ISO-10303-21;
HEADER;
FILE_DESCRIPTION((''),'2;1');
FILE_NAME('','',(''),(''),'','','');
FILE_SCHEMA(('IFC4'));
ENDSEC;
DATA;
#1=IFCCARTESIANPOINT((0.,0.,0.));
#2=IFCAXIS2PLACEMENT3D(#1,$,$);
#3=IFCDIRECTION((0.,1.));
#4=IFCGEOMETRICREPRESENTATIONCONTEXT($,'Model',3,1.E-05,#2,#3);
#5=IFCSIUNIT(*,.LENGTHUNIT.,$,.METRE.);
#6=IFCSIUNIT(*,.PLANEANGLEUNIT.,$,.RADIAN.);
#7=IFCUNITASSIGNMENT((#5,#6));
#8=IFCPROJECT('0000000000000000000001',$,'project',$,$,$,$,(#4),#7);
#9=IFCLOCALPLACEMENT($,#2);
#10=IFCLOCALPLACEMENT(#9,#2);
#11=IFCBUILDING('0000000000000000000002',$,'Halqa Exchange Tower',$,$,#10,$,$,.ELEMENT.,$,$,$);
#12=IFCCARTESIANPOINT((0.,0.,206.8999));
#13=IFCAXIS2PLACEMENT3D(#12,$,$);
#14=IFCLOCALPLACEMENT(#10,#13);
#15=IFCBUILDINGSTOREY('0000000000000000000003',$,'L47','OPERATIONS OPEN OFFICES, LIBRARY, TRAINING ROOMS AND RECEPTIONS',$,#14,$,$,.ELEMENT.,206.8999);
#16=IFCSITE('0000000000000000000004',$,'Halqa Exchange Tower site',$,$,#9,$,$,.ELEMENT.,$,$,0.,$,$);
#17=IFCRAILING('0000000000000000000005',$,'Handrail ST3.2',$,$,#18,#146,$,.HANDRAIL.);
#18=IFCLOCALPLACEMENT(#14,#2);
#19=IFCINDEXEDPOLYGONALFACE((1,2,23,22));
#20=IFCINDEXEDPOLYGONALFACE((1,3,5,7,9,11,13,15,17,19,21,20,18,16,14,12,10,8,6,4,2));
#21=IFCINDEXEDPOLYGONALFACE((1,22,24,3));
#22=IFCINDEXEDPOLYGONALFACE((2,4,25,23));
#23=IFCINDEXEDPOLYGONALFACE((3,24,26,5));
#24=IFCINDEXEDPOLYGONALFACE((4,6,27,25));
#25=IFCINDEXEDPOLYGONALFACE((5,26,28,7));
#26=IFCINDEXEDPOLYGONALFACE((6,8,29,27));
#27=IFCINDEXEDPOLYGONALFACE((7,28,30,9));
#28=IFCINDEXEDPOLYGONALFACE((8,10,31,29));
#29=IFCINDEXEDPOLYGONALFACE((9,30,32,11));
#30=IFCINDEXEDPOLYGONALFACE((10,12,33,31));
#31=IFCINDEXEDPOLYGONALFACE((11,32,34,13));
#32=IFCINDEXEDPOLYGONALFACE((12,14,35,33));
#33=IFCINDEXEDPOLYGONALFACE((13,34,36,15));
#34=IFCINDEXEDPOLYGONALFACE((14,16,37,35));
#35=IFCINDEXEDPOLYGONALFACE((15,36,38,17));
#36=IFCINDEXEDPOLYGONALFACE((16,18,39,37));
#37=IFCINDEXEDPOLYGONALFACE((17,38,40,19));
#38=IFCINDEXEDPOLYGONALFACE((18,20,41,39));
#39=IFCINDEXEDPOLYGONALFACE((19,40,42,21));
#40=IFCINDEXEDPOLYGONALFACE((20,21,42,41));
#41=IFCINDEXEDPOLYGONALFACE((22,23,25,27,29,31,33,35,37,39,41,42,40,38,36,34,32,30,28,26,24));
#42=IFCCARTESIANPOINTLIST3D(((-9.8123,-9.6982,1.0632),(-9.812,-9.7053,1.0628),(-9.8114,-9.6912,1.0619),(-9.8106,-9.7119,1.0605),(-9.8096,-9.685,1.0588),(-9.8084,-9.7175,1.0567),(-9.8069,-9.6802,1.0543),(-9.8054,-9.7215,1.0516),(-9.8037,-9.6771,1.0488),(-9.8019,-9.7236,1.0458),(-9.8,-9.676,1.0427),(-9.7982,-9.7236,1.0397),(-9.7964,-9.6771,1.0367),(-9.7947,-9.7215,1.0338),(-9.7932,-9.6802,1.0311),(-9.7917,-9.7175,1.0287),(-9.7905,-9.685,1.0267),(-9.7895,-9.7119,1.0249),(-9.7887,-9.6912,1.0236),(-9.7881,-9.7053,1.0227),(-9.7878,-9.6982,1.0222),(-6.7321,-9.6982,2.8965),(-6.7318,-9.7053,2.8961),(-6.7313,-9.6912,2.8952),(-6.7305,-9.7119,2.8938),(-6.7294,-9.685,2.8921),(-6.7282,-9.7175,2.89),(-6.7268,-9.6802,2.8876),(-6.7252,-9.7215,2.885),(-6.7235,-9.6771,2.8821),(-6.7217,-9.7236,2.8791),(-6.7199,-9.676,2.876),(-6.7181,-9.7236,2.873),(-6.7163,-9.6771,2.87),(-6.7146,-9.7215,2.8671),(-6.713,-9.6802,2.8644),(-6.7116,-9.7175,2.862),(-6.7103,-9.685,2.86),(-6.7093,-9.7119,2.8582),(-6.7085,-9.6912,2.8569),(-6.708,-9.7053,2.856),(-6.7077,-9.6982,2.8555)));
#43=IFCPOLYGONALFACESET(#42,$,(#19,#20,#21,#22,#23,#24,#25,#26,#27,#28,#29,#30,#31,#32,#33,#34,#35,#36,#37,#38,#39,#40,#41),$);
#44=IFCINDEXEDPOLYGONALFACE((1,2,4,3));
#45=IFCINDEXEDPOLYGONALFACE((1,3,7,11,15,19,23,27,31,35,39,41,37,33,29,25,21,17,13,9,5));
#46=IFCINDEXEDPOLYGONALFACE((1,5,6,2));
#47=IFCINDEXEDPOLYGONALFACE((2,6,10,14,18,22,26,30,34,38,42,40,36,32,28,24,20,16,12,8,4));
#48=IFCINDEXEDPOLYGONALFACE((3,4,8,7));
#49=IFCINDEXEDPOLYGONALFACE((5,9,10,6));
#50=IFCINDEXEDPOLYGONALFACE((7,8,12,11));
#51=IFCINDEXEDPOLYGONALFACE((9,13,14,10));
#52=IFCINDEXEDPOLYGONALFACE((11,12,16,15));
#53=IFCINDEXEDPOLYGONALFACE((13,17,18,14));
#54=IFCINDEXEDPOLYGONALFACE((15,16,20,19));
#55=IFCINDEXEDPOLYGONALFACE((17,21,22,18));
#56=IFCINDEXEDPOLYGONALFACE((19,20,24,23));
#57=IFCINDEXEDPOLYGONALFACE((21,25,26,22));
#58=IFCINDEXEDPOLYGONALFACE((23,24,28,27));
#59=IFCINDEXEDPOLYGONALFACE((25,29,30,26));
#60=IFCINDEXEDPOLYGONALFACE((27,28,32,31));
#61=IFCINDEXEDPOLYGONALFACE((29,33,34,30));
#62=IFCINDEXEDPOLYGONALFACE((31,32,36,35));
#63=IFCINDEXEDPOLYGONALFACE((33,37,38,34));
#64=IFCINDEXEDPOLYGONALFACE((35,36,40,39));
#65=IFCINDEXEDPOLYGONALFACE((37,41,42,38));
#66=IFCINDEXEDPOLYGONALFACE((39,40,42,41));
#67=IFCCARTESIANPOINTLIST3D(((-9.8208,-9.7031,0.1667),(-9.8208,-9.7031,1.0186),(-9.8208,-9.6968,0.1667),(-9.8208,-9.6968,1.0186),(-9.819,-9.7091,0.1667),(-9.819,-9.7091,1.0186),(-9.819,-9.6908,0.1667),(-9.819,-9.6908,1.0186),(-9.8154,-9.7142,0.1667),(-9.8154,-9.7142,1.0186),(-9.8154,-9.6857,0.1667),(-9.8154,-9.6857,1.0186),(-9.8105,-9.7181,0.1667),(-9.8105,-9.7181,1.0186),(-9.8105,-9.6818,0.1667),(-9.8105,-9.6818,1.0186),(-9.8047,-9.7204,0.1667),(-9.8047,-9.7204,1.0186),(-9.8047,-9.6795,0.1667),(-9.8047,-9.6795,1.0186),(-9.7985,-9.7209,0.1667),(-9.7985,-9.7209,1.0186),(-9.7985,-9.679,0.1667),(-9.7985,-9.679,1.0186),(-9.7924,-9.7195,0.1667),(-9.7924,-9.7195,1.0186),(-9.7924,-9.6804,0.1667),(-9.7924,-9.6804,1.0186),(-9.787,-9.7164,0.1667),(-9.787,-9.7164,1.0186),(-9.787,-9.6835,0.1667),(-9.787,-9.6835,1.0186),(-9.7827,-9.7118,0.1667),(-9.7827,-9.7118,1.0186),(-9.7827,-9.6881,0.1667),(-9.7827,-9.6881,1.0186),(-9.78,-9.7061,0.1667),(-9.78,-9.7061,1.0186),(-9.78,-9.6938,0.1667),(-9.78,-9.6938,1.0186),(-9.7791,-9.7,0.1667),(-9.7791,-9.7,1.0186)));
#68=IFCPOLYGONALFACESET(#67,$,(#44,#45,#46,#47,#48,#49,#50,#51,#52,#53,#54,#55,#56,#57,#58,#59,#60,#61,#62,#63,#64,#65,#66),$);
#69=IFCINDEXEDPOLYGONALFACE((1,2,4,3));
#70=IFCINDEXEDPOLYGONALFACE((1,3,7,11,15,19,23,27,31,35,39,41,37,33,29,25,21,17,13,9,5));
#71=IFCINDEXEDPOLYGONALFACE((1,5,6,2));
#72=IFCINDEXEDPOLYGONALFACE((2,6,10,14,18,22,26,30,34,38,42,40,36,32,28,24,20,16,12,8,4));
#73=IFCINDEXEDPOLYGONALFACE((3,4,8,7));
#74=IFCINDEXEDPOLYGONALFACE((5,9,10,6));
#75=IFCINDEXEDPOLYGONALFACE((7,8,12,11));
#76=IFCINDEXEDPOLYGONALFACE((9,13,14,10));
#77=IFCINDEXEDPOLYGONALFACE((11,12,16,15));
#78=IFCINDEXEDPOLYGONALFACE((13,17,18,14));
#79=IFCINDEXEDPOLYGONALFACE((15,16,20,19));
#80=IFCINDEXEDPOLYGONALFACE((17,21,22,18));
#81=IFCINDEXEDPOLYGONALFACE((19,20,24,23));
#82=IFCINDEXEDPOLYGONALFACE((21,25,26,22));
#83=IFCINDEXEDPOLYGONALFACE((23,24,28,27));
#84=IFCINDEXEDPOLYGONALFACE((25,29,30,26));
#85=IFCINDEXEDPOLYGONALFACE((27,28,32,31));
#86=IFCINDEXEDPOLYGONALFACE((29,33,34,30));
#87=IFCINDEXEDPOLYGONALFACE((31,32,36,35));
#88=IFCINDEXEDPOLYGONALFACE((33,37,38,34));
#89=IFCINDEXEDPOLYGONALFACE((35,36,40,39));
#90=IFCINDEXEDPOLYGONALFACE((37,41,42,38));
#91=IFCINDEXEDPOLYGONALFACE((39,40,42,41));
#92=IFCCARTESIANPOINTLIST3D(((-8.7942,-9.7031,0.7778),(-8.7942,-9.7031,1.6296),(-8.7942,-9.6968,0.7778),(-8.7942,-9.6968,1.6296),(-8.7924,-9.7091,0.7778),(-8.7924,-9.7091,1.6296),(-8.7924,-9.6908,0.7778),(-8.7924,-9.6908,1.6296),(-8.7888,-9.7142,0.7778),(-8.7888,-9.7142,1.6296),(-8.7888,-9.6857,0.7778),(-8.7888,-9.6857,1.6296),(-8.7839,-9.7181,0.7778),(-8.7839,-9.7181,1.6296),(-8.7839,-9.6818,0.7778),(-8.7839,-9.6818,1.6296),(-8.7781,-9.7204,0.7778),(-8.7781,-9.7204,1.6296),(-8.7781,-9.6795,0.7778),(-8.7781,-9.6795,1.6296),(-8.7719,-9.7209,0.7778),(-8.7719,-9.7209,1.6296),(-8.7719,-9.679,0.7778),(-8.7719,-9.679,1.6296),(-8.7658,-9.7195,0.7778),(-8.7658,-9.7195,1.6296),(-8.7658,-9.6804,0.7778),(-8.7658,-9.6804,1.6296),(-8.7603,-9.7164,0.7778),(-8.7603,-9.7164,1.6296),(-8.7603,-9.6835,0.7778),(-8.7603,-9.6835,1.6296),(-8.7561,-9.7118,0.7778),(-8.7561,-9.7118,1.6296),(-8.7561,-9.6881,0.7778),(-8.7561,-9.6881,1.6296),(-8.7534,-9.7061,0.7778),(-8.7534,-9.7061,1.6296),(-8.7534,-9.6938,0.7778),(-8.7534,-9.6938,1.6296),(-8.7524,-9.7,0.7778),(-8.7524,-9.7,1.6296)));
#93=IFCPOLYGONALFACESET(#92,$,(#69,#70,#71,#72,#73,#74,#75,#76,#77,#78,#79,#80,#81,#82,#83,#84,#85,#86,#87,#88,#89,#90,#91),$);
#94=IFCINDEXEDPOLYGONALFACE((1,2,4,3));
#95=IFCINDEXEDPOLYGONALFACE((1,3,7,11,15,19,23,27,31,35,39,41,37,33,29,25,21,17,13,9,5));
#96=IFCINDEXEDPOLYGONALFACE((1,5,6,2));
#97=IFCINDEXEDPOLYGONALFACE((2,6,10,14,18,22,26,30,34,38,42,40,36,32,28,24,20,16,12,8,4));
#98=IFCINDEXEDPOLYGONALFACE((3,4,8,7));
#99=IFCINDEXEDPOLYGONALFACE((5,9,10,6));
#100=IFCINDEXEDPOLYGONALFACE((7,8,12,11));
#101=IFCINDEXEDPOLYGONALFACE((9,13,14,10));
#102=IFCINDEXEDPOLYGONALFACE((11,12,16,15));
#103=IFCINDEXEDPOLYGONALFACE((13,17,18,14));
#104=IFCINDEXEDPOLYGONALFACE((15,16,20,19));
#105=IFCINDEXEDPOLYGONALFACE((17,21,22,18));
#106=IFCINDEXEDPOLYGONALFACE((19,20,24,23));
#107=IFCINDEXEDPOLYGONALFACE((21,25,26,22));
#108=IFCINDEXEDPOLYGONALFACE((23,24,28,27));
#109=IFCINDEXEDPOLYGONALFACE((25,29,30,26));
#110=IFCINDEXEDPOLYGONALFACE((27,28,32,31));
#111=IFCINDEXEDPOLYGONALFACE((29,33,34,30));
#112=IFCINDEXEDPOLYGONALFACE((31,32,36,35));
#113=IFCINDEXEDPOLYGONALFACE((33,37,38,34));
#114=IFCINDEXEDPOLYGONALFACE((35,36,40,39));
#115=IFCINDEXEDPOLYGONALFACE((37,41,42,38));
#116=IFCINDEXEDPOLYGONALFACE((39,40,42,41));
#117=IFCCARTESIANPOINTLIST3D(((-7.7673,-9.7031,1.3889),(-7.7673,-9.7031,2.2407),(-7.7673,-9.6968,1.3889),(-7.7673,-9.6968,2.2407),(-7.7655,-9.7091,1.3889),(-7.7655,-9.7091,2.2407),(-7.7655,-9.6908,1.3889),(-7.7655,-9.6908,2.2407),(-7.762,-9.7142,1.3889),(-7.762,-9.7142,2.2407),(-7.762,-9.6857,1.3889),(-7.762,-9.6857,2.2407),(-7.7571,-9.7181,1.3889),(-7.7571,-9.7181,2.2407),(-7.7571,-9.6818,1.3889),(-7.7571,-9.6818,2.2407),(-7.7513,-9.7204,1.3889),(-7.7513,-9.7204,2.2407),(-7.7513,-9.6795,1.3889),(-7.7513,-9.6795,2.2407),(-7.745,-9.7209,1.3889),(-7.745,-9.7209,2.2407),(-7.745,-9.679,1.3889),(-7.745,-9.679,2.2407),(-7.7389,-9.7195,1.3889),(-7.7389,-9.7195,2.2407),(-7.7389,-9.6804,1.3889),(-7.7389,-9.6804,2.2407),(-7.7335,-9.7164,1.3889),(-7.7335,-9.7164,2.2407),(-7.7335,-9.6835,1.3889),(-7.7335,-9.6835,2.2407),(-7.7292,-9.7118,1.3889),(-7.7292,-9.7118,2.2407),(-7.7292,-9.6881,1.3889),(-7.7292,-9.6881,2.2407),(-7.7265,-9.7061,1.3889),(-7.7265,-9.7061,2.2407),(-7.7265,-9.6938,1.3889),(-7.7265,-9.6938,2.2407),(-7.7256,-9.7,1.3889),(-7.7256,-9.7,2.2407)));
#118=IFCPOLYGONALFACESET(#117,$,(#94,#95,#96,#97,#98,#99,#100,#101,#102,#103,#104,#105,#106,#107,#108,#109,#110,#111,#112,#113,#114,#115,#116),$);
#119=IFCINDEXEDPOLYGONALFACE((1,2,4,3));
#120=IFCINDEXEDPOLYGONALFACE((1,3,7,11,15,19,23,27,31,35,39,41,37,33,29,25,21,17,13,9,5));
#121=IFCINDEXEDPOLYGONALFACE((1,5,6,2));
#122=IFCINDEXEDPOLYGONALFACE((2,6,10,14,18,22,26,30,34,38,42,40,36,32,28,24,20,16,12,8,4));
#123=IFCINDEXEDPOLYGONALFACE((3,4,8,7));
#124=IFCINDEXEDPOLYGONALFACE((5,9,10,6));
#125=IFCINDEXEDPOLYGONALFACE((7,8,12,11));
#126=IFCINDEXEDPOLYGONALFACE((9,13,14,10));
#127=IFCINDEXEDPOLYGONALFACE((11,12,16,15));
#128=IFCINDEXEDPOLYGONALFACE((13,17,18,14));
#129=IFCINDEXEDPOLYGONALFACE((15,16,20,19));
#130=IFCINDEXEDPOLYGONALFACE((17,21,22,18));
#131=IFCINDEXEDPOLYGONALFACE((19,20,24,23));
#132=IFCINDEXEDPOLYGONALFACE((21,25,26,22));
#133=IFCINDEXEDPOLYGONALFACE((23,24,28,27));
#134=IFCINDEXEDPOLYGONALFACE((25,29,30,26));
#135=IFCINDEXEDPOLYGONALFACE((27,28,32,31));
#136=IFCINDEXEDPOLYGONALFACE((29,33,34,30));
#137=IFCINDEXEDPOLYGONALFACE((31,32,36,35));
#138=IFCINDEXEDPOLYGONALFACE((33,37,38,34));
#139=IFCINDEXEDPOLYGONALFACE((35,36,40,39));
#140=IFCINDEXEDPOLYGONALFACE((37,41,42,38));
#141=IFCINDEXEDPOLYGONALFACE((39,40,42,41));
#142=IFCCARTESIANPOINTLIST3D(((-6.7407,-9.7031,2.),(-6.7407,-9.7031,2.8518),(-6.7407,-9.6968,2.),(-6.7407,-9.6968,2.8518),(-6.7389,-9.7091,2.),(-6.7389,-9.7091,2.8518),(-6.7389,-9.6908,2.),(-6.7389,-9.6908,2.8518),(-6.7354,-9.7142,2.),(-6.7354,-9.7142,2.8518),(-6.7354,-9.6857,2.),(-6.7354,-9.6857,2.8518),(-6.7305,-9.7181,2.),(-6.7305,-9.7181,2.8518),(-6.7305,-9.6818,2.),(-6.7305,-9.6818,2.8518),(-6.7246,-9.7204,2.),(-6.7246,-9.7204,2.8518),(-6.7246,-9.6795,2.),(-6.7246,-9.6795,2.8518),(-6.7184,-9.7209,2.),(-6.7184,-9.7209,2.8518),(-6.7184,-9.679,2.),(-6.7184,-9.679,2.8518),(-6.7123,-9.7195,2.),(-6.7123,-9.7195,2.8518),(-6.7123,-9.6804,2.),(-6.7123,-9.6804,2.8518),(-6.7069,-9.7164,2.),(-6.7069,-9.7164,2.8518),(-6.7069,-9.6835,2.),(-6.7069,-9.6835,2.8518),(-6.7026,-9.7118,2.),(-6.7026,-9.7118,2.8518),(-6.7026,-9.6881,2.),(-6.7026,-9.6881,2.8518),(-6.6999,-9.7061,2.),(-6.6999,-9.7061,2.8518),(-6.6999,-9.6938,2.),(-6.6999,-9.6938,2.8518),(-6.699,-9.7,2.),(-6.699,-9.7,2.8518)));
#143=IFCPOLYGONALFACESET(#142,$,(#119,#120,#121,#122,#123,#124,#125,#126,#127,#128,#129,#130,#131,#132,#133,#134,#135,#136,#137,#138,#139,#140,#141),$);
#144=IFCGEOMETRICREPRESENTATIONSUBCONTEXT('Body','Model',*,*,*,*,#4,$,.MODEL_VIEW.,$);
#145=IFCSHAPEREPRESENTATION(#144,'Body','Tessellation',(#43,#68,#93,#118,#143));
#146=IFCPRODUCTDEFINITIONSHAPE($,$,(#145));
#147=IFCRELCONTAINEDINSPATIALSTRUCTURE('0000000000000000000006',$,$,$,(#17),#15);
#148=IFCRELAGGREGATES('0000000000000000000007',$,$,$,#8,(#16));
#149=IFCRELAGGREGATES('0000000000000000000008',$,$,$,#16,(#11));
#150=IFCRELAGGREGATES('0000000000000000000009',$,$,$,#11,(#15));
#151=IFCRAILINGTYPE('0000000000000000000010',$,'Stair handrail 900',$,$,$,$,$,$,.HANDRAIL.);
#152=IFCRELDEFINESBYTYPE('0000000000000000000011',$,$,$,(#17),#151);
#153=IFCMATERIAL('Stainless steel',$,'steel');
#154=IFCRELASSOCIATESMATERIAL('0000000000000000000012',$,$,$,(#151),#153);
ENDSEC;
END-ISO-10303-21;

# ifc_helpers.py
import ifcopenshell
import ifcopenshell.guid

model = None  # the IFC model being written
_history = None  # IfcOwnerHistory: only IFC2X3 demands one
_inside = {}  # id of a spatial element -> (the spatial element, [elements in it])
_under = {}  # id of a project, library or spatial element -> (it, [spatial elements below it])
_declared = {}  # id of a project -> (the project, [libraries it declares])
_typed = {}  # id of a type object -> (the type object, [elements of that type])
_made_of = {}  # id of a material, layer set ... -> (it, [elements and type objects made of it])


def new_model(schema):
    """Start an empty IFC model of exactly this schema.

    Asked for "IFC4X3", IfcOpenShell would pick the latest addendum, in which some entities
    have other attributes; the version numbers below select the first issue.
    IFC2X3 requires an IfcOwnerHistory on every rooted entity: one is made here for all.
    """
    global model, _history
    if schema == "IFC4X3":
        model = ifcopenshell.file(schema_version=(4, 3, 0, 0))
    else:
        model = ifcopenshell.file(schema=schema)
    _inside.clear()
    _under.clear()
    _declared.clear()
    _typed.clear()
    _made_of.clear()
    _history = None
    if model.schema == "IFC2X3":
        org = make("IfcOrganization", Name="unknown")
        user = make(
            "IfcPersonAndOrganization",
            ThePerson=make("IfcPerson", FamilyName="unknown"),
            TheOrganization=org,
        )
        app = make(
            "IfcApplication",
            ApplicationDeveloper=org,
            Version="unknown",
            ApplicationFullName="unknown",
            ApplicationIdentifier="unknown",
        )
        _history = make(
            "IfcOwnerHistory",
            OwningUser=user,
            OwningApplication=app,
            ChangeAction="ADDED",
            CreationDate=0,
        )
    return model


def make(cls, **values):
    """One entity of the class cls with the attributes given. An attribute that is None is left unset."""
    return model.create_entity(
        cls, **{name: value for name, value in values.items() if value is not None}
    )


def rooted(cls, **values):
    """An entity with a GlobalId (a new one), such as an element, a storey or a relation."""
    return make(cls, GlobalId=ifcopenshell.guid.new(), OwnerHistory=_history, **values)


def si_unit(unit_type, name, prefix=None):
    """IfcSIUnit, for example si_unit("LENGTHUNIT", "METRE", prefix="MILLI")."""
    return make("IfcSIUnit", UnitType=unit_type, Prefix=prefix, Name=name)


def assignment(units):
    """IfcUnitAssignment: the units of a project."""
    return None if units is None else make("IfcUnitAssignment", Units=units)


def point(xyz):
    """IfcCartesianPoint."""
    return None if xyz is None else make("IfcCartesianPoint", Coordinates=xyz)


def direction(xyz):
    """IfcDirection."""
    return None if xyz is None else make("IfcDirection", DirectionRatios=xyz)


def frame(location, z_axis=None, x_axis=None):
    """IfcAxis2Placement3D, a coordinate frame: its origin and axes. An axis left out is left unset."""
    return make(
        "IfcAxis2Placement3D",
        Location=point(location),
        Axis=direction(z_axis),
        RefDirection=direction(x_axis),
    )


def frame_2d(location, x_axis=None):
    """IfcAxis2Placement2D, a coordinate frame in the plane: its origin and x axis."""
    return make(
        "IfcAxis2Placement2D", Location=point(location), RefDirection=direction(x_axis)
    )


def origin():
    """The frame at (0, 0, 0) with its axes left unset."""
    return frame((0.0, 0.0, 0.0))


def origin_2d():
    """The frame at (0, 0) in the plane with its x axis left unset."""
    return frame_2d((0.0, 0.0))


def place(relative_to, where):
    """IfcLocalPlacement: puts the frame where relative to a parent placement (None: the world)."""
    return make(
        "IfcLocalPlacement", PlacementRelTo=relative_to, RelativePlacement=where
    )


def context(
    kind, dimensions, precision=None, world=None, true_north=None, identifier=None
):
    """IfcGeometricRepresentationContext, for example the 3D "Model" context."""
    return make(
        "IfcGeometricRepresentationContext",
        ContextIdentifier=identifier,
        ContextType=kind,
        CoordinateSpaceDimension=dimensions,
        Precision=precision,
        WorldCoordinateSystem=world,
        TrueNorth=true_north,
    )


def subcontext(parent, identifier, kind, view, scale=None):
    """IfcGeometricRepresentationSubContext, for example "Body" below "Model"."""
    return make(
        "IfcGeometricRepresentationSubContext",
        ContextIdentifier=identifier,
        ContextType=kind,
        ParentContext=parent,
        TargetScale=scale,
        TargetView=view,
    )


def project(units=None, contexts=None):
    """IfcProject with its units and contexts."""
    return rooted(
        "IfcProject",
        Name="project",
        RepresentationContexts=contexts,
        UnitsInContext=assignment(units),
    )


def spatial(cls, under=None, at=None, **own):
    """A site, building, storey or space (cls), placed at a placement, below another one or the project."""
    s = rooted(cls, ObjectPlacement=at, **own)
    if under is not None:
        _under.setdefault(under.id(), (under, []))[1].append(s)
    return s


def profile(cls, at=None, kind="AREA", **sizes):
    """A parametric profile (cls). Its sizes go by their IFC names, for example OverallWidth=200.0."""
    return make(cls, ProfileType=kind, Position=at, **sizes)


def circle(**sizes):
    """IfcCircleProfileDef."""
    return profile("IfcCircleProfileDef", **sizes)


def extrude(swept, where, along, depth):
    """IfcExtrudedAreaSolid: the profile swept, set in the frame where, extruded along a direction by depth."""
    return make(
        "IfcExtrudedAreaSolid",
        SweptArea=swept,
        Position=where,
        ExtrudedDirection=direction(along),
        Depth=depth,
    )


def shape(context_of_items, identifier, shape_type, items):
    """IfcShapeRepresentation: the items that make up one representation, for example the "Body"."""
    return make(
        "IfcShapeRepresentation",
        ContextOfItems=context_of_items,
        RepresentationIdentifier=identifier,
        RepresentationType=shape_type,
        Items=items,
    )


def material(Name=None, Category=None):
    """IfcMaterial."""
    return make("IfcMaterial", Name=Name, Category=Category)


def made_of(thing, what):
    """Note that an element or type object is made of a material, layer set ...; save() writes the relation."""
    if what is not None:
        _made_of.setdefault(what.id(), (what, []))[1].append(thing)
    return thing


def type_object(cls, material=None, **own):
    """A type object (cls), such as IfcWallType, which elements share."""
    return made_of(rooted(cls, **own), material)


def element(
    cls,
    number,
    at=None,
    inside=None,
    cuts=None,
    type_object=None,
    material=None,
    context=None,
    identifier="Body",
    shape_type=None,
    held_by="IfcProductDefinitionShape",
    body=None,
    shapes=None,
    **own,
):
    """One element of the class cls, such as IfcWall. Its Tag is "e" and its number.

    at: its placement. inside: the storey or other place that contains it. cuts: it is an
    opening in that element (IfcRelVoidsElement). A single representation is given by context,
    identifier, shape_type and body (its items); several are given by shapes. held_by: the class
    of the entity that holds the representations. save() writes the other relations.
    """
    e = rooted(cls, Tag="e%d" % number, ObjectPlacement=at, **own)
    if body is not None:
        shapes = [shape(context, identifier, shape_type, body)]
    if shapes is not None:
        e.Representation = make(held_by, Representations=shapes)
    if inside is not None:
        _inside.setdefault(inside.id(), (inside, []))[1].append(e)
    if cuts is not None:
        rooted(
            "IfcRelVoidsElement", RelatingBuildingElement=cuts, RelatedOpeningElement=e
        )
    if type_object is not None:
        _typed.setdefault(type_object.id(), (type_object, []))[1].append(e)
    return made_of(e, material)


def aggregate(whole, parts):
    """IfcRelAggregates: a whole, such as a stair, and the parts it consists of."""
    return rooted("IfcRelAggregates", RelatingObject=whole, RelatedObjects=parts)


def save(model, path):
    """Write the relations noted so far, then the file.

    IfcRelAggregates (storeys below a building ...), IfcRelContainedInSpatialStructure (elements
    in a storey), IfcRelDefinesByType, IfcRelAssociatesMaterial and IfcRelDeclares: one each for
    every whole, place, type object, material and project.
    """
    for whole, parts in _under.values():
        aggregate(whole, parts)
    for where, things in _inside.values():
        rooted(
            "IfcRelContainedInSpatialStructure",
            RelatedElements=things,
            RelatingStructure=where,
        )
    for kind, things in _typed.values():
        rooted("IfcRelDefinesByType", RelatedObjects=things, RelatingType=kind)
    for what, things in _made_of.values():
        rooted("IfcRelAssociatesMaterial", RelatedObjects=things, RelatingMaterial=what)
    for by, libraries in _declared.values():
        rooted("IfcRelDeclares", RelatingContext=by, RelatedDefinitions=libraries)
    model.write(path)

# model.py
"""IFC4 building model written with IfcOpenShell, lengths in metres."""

from ifc_helpers import new_model, si_unit, direction, frame, origin, origin_2d, place, context, subcontext, project, spatial, circle, extrude, material, type_object, element, save


model = new_model("IFC4")

# Units and contexts
model_context = context("Model", 3, precision=1e-05, world=origin(), true_north=direction((0.0, 1.0)))
body_context = subcontext(model_context, "Body", "Model", "MODEL_VIEW")
ifc_project = project(units=[si_unit("LENGTHUNIT", "METRE"), si_unit("PLANEANGLEUNIT", "RADIAN")], contexts=[model_context])

# Site, building, storey
site_placement = place(None, origin())
site = spatial("IfcSite", under=ifc_project, at=site_placement, Name="Halqa Exchange Tower site", CompositionType="ELEMENT", RefElevation=0.0)
building_placement = place(site_placement, origin())
building = spatial("IfcBuilding", under=site, at=building_placement, Name="Halqa Exchange Tower", CompositionType="ELEMENT")
storey_placement = place(building_placement, frame((0.0, 0.0, 206.8999)))
storey = spatial("IfcBuildingStorey", under=building, at=storey_placement, Name="L47", Description="OPERATIONS OPEN OFFICES, LIBRARY, TRAINING ROOMS AND RECEPTIONS", CompositionType="ELEMENT", Elevation=206.8999)

# Shared definitions
ifc_material_1 = material(Name="Stainless steel", Category="steel")

# Railing
railing_type_1 = type_object("IfcRailingType", Name="Stair handrail 900", PredefinedType="HANDRAIL", material=ifc_material_1)
railing_1_placement = place(storey_placement, frame((-9.8, -9.7, 0.1667)))
element("IfcRailing", 1, at=railing_1_placement, inside=storey, type_object=railing_type_1, Name="Handrail ST3.2", PredefinedType="HANDRAIL", context=body_context, shape_type="SweptSolid", body=[
    extrude(circle(Radius=0.0239, at=origin_2d()), frame((0.0, 0.0, 0.876), z_axis=(0.859309, 0.0, 0.511458), x_axis=(0.0, 1.0, 0.0)), (0.0, 0.0, 1.0), 3.5845),
    extrude(circle(Radius=0.021, at=origin_2d()), origin(), (0.0, 0.0, 1.0), 0.8518),
    extrude(circle(Radius=0.021, at=origin_2d()), frame((1.0266, 0.0, 0.6111)), (0.0, 0.0, 1.0), 0.8518),
    extrude(circle(Radius=0.021, at=origin_2d()), frame((2.0535, 0.0, 1.2222)), (0.0, 0.0, 1.0), 0.8518),
    extrude(circle(Radius=0.021, at=origin_2d()), frame((3.0801, 0.0, 1.8333)), (0.0, 0.0, 1.0), 0.8518),
])

save(model, "model.ifc")
